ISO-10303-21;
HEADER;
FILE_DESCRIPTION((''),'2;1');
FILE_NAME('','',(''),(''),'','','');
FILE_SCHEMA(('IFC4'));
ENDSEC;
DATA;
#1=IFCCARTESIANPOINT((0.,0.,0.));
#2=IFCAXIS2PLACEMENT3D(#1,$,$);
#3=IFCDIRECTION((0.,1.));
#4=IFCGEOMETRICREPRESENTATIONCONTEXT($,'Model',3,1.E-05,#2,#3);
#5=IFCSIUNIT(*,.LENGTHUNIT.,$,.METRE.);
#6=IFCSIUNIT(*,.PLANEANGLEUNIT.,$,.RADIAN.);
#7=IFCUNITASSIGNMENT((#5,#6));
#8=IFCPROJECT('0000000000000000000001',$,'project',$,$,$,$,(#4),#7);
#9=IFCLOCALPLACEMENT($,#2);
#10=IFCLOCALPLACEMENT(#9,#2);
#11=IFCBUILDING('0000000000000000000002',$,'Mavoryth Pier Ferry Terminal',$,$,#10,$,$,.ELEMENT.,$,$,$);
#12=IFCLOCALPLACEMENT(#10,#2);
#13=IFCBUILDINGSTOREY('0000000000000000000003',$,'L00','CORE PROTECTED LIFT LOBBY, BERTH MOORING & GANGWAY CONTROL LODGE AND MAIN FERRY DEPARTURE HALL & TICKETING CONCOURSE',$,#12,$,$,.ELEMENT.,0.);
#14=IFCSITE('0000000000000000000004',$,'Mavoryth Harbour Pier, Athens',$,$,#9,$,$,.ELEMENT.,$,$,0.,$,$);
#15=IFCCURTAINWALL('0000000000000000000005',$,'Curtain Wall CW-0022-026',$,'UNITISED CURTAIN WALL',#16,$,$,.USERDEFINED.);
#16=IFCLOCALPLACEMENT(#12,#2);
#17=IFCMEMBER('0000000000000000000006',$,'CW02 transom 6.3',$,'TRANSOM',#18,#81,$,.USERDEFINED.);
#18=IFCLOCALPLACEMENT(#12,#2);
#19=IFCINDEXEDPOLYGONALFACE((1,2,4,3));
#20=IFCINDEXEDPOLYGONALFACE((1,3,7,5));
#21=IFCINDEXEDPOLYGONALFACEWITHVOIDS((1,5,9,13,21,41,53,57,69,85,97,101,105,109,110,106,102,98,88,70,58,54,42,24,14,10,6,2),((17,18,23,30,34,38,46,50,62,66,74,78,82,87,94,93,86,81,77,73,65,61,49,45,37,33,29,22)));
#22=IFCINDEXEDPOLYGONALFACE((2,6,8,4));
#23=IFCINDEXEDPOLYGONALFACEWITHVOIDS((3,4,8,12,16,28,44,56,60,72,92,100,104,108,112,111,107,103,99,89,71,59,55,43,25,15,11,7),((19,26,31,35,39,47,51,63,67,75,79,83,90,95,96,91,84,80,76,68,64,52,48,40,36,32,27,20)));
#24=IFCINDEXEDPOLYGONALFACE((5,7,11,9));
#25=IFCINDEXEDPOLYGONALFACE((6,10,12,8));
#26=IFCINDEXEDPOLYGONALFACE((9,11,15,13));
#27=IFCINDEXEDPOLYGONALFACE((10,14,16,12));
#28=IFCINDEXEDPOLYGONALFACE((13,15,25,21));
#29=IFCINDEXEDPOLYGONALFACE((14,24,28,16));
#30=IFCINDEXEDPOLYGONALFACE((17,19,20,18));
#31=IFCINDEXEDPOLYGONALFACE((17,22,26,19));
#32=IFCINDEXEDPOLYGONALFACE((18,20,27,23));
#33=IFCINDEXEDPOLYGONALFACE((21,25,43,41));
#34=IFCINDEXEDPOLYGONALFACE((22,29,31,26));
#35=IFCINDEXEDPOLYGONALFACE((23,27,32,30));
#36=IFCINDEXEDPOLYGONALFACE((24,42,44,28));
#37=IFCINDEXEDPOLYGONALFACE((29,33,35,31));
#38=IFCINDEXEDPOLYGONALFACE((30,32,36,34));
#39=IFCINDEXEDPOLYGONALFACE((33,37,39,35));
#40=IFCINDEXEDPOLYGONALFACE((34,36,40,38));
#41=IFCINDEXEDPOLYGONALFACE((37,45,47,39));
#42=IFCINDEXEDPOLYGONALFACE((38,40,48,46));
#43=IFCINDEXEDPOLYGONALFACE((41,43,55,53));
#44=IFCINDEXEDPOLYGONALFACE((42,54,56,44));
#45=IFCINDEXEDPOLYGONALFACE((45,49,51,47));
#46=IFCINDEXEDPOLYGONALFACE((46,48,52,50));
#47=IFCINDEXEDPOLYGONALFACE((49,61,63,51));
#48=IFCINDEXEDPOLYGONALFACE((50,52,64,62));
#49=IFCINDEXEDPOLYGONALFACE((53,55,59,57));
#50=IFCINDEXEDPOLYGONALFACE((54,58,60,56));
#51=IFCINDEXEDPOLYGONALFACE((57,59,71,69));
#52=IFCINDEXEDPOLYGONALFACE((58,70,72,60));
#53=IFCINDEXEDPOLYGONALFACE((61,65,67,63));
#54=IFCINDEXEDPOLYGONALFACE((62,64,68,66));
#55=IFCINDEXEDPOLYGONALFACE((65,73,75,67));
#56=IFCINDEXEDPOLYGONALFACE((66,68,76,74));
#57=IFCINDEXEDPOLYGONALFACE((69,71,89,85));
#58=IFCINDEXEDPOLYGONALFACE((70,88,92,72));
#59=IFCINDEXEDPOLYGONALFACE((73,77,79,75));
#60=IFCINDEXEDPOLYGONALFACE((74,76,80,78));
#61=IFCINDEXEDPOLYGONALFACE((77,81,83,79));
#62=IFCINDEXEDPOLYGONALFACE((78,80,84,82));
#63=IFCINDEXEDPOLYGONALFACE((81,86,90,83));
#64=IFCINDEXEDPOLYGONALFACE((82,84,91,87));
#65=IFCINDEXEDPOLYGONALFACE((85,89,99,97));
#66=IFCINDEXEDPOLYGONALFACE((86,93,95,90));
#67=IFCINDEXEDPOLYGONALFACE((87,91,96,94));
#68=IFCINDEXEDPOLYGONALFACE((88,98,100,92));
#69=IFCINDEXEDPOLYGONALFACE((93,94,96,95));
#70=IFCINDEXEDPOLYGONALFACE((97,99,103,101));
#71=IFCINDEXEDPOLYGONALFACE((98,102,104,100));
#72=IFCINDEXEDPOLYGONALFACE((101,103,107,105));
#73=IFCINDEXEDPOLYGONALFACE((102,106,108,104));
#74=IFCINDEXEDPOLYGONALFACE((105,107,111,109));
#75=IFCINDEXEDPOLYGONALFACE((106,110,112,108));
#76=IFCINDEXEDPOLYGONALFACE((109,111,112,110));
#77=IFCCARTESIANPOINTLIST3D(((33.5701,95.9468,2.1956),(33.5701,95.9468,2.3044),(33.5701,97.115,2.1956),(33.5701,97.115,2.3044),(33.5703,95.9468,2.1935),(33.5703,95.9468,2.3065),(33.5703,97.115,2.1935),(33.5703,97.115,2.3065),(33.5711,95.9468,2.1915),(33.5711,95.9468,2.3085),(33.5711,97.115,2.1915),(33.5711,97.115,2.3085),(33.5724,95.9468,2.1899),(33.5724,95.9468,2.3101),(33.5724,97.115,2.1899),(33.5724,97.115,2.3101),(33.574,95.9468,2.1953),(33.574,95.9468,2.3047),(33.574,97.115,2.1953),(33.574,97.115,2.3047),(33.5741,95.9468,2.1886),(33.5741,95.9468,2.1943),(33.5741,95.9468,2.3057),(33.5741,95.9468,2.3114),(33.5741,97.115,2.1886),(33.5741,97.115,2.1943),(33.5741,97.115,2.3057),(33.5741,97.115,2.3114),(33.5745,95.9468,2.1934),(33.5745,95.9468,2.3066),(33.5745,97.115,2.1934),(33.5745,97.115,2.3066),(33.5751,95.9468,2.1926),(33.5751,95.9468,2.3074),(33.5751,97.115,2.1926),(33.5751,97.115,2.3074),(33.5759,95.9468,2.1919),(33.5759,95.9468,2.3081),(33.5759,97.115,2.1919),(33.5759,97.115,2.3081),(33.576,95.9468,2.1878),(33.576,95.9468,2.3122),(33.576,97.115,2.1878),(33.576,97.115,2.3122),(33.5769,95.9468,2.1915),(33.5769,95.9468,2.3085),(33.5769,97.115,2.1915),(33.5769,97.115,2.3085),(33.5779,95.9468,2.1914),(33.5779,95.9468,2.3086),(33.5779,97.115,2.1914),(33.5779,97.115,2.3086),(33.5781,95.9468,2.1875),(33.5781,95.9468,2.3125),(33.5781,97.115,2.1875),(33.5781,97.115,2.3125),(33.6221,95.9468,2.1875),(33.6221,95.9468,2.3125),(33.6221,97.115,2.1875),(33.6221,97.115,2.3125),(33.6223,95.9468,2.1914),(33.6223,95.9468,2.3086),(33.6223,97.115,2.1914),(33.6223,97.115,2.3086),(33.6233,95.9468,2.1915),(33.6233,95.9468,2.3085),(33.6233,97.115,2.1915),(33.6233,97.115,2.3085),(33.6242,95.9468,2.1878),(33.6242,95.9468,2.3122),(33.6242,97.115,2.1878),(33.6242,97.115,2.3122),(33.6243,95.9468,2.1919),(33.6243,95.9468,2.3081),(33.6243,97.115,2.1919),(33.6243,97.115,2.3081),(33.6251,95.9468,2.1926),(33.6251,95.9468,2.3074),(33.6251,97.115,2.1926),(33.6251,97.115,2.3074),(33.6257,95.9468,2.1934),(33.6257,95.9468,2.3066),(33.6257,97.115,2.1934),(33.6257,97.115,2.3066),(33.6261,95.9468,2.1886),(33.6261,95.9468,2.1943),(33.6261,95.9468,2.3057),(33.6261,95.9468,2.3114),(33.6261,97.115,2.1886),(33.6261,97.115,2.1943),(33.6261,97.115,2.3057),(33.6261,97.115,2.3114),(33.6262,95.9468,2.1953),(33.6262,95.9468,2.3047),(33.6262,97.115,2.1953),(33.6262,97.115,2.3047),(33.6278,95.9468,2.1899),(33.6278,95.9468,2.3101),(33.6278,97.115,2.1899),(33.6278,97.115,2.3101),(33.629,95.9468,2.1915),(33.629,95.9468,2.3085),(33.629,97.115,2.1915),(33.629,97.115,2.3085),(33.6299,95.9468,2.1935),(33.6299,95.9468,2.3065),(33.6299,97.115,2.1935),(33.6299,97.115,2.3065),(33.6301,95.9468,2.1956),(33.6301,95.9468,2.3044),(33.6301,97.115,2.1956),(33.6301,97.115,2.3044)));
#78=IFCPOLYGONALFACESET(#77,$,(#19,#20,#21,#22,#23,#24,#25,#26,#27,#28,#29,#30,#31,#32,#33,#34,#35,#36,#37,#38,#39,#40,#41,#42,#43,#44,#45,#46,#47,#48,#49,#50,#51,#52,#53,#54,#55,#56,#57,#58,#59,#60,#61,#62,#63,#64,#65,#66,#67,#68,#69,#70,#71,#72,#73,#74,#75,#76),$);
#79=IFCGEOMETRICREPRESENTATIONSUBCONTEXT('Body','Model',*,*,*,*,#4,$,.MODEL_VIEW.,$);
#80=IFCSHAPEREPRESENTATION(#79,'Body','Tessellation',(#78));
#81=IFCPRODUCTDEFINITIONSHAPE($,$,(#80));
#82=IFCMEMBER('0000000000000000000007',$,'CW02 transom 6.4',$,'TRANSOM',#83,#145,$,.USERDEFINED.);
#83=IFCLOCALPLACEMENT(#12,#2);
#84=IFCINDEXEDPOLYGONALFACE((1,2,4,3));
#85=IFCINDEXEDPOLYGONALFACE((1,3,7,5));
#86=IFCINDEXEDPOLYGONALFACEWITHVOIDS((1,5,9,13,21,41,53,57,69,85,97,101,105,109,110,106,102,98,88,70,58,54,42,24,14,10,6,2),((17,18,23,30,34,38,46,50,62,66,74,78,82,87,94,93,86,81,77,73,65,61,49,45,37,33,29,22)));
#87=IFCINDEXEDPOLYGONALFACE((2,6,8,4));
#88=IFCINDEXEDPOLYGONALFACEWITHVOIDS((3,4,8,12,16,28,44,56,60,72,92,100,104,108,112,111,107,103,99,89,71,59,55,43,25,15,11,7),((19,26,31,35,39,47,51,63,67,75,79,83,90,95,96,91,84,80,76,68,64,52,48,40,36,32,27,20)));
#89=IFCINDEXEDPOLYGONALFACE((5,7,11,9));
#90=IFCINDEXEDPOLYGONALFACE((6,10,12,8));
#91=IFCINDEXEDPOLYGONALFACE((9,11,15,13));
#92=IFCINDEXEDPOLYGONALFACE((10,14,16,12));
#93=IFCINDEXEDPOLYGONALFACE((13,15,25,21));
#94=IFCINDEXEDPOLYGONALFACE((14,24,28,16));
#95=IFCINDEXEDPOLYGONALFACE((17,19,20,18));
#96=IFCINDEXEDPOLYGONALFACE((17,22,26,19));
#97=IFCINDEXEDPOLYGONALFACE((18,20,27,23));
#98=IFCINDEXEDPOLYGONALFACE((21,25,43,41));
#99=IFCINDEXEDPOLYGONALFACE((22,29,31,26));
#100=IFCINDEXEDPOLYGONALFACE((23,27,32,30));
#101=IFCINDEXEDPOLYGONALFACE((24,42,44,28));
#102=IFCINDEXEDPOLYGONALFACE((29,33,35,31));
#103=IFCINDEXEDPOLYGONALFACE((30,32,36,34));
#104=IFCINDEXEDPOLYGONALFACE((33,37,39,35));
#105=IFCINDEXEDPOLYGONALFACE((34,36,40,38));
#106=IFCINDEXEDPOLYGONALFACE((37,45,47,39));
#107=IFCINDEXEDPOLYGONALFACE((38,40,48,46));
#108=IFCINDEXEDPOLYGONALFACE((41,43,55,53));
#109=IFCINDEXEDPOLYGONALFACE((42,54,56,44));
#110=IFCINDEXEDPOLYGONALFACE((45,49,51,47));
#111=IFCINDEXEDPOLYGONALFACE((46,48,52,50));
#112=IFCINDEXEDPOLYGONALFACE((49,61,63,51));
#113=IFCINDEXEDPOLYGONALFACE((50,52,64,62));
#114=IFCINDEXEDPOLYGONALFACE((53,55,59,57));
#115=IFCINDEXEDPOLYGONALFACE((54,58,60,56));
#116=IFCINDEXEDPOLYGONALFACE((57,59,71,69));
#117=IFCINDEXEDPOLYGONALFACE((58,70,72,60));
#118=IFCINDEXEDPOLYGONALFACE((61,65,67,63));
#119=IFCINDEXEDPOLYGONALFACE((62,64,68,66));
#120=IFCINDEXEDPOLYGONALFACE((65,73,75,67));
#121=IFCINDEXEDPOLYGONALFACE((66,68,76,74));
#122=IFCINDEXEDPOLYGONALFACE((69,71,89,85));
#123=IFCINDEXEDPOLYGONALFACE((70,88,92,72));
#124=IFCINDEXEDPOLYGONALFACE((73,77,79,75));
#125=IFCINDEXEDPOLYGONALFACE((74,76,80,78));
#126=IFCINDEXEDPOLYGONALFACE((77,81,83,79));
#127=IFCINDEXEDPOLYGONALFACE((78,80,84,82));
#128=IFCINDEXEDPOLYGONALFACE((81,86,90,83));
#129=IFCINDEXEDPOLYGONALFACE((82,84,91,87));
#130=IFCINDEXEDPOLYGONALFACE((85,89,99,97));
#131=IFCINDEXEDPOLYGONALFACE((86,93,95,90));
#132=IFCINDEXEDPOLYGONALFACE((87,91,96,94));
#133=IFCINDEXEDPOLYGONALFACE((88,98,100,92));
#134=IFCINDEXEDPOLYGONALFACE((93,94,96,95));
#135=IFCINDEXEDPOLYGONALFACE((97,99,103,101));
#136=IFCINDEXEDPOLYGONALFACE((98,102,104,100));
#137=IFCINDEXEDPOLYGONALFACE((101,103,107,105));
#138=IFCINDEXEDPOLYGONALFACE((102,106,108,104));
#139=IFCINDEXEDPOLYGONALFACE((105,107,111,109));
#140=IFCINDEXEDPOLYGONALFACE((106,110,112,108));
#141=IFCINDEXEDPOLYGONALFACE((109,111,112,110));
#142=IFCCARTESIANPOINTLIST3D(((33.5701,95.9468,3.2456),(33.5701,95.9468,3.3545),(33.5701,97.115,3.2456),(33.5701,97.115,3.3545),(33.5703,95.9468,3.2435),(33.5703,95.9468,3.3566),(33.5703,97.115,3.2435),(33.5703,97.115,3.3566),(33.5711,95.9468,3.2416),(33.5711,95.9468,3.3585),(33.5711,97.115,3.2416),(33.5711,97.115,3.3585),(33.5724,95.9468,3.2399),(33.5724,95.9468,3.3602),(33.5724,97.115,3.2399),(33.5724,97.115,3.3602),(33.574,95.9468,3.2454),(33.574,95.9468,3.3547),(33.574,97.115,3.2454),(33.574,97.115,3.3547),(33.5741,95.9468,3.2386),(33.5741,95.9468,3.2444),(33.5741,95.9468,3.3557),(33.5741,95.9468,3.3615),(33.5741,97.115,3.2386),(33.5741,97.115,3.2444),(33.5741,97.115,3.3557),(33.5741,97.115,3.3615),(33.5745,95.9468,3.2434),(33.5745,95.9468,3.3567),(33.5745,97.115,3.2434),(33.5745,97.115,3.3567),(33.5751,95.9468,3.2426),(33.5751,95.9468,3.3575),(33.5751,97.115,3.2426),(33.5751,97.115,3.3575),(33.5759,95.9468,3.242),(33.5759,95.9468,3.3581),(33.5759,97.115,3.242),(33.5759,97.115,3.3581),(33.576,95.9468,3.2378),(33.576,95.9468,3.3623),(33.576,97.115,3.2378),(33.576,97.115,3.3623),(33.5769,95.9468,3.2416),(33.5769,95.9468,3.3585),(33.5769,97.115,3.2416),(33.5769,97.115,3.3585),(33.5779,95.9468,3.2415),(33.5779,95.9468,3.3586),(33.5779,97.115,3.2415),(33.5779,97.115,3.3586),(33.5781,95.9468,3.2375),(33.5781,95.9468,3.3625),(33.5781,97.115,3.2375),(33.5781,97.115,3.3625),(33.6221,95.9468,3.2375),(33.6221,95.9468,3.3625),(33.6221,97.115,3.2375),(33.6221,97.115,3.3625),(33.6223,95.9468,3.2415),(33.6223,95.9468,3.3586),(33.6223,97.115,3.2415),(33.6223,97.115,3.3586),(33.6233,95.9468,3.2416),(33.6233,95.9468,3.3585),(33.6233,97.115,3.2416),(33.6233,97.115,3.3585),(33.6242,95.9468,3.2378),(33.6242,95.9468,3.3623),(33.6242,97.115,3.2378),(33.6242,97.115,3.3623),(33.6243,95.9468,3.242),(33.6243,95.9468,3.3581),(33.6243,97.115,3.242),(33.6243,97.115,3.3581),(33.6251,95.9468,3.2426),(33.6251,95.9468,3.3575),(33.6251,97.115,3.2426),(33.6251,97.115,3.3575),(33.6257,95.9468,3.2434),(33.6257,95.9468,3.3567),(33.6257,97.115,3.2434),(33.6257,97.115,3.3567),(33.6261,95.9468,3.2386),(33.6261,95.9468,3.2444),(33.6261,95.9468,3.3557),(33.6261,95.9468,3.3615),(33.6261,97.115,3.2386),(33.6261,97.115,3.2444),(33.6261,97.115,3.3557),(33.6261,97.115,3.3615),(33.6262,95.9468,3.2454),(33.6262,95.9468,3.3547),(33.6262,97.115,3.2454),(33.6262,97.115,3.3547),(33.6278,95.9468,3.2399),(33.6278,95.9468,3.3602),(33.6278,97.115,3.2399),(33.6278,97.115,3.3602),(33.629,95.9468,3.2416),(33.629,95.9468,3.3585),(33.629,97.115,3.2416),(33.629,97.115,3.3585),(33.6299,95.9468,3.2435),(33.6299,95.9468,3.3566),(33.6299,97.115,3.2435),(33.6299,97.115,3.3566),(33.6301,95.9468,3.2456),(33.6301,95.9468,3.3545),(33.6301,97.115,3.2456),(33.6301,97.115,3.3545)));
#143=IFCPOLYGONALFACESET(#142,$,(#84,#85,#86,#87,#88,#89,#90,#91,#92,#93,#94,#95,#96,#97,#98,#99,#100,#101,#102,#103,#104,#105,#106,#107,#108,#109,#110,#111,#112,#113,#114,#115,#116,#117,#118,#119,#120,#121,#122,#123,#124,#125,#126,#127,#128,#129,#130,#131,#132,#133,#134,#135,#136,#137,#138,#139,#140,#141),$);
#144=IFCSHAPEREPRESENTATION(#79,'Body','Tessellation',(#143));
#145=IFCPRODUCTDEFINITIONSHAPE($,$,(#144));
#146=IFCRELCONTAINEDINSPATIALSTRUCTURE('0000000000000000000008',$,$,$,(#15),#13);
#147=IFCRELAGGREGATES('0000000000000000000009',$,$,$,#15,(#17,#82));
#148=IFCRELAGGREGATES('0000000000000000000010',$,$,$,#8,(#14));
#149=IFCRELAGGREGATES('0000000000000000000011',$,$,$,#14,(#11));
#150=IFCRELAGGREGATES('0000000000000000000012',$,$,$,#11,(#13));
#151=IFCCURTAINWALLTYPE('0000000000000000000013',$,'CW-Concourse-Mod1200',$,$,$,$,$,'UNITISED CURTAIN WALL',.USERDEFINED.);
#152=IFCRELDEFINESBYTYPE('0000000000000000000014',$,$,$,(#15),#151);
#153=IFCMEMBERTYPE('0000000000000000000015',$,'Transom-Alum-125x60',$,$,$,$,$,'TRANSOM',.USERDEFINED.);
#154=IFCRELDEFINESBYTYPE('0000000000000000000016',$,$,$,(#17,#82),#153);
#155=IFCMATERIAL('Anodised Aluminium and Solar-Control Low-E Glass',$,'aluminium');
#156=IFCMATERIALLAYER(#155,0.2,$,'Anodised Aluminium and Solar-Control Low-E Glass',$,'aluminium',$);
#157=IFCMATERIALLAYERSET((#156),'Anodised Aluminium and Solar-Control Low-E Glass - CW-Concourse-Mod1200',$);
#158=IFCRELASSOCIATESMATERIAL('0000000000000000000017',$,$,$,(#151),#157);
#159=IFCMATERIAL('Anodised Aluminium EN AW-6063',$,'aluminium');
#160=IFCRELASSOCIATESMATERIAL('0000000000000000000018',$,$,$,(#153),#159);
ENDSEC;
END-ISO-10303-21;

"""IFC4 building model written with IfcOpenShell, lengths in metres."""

from ifc_helpers import new_model, si_unit, direction, frame, origin, origin_2d, place, context, subcontext, project, spatial, hollow_rectangle, extrude, material, layer, layer_set, material_profile, profile_set, type_object, element, aggregate, save


model = new_model("IFC4")

# Units and contexts
model_context = context("Model", 3, precision=1e-05, world=origin(), true_north=direction((0.0, 1.0)))
body_context = subcontext(model_context, "Body", "Model", "MODEL_VIEW")
ifc_project = project(units=[si_unit("LENGTHUNIT", "METRE"), si_unit("PLANEANGLEUNIT", "RADIAN")], contexts=[model_context])

# Site, building, storey
site_placement = place(None, origin())
site = spatial("IfcSite", under=ifc_project, at=site_placement, Name="Mavoryth Harbour Pier, Athens", CompositionType="ELEMENT", RefElevation=0.0)
building_placement = place(site_placement, origin())
building = spatial("IfcBuilding", under=site, at=building_placement, Name="Mavoryth Pier Ferry Terminal", CompositionType="ELEMENT")
storey_placement = place(building_placement, origin())
storey = spatial("IfcBuildingStorey", under=building, at=storey_placement, Name="L00", Description="CORE PROTECTED LIFT LOBBY, BERTH MOORING & GANGWAY CONTROL LODGE AND MAIN FERRY DEPARTURE HALL & TICKETING CONCOURSE", CompositionType="ELEMENT", Elevation=0.0)

# Curtain wall, members
ifc_material_1 = material(Name="Anodised Aluminium and Solar-Control Low-E Glass", Category="aluminium")
ifc_layer_1 = layer(ifc_material_1, 0.2, Name="Anodised Aluminium and Solar-Control Low-E Glass", Category="aluminium")
ifc_layer_set_1 = layer_set([ifc_layer_1], Name="Anodised Aluminium and Solar-Control Low-E Glass - CW-Concourse-Mod1200")
curtain_wall_type = type_object("IfcCurtainWallType", Name="CW-Concourse-Mod1200", ElementType="UNITISED CURTAIN WALL", PredefinedType="USERDEFINED", material=ifc_layer_set_1)
curtain_wall_placement = place(storey_placement, origin())
curtain_wall = element("IfcCurtainWall", 1, at=curtain_wall_placement, inside=storey, type_object=curtain_wall_type, Name="Curtain Wall CW-0022-026", ObjectType="UNITISED CURTAIN WALL", PredefinedType="USERDEFINED")
ifc_material_2 = material(Name="Anodised Aluminium EN AW-6063", Category="aluminium")
ifc_material_profile_1 = material_profile(ifc_material_2, hollow_rectangle(XDim=0.0601, YDim=0.125, WallThickness=0.0039, InnerFilletRadius=0.0039, OuterFilletRadius=0.0081, at=origin_2d()), Name="AL-TRAN 125x60x4", Category="aluminium")
ifc_profile_set_1 = profile_set([ifc_material_profile_1], Name="Anodised Aluminium EN AW-6063 - AL-TRAN 125x60x4")
member_type_1 = type_object("IfcMemberType", Name="Transom-Alum-125x60", ElementType="TRANSOM", PredefinedType="USERDEFINED", material=ifc_profile_set_1)
member_1_placement = place(storey_placement, frame((33.6001, 95.9468, 2.25), z_axis=(0.0, 1.0, 0.0), x_axis=(-1.0, 0.0, 0.0)))
member_1 = element("IfcMember", 2, at=member_1_placement, type_object=member_type_1, Name="CW02 transom 6.3", ObjectType="TRANSOM", PredefinedType="USERDEFINED", context=body_context, shape_type="SweptSolid", body=[
    extrude(hollow_rectangle(XDim=0.0601, YDim=0.125, WallThickness=0.0039, InnerFilletRadius=0.0039, OuterFilletRadius=0.0081, at=origin_2d()), origin(), (0.0, 0.0, 1.0), 1.1682),
])
member_2_placement = place(storey_placement, frame((33.6001, 95.9468, 3.3), z_axis=(0.0, 1.0, 0.0), x_axis=(-1.0, 0.0, 0.0)))
member_2 = element("IfcMember", 3, at=member_2_placement, type_object=member_type_1, Name="CW02 transom 6.4", ObjectType="TRANSOM", PredefinedType="USERDEFINED", context=body_context, shape_type="SweptSolid", body=[
    extrude(hollow_rectangle(XDim=0.0601, YDim=0.125, WallThickness=0.0039, InnerFilletRadius=0.0039, OuterFilletRadius=0.0081, at=origin_2d()), origin(), (0.0, 0.0, 1.0), 1.1682),
])
aggregate(curtain_wall, [member_1, member_2])

save(model, "model.ifc")
